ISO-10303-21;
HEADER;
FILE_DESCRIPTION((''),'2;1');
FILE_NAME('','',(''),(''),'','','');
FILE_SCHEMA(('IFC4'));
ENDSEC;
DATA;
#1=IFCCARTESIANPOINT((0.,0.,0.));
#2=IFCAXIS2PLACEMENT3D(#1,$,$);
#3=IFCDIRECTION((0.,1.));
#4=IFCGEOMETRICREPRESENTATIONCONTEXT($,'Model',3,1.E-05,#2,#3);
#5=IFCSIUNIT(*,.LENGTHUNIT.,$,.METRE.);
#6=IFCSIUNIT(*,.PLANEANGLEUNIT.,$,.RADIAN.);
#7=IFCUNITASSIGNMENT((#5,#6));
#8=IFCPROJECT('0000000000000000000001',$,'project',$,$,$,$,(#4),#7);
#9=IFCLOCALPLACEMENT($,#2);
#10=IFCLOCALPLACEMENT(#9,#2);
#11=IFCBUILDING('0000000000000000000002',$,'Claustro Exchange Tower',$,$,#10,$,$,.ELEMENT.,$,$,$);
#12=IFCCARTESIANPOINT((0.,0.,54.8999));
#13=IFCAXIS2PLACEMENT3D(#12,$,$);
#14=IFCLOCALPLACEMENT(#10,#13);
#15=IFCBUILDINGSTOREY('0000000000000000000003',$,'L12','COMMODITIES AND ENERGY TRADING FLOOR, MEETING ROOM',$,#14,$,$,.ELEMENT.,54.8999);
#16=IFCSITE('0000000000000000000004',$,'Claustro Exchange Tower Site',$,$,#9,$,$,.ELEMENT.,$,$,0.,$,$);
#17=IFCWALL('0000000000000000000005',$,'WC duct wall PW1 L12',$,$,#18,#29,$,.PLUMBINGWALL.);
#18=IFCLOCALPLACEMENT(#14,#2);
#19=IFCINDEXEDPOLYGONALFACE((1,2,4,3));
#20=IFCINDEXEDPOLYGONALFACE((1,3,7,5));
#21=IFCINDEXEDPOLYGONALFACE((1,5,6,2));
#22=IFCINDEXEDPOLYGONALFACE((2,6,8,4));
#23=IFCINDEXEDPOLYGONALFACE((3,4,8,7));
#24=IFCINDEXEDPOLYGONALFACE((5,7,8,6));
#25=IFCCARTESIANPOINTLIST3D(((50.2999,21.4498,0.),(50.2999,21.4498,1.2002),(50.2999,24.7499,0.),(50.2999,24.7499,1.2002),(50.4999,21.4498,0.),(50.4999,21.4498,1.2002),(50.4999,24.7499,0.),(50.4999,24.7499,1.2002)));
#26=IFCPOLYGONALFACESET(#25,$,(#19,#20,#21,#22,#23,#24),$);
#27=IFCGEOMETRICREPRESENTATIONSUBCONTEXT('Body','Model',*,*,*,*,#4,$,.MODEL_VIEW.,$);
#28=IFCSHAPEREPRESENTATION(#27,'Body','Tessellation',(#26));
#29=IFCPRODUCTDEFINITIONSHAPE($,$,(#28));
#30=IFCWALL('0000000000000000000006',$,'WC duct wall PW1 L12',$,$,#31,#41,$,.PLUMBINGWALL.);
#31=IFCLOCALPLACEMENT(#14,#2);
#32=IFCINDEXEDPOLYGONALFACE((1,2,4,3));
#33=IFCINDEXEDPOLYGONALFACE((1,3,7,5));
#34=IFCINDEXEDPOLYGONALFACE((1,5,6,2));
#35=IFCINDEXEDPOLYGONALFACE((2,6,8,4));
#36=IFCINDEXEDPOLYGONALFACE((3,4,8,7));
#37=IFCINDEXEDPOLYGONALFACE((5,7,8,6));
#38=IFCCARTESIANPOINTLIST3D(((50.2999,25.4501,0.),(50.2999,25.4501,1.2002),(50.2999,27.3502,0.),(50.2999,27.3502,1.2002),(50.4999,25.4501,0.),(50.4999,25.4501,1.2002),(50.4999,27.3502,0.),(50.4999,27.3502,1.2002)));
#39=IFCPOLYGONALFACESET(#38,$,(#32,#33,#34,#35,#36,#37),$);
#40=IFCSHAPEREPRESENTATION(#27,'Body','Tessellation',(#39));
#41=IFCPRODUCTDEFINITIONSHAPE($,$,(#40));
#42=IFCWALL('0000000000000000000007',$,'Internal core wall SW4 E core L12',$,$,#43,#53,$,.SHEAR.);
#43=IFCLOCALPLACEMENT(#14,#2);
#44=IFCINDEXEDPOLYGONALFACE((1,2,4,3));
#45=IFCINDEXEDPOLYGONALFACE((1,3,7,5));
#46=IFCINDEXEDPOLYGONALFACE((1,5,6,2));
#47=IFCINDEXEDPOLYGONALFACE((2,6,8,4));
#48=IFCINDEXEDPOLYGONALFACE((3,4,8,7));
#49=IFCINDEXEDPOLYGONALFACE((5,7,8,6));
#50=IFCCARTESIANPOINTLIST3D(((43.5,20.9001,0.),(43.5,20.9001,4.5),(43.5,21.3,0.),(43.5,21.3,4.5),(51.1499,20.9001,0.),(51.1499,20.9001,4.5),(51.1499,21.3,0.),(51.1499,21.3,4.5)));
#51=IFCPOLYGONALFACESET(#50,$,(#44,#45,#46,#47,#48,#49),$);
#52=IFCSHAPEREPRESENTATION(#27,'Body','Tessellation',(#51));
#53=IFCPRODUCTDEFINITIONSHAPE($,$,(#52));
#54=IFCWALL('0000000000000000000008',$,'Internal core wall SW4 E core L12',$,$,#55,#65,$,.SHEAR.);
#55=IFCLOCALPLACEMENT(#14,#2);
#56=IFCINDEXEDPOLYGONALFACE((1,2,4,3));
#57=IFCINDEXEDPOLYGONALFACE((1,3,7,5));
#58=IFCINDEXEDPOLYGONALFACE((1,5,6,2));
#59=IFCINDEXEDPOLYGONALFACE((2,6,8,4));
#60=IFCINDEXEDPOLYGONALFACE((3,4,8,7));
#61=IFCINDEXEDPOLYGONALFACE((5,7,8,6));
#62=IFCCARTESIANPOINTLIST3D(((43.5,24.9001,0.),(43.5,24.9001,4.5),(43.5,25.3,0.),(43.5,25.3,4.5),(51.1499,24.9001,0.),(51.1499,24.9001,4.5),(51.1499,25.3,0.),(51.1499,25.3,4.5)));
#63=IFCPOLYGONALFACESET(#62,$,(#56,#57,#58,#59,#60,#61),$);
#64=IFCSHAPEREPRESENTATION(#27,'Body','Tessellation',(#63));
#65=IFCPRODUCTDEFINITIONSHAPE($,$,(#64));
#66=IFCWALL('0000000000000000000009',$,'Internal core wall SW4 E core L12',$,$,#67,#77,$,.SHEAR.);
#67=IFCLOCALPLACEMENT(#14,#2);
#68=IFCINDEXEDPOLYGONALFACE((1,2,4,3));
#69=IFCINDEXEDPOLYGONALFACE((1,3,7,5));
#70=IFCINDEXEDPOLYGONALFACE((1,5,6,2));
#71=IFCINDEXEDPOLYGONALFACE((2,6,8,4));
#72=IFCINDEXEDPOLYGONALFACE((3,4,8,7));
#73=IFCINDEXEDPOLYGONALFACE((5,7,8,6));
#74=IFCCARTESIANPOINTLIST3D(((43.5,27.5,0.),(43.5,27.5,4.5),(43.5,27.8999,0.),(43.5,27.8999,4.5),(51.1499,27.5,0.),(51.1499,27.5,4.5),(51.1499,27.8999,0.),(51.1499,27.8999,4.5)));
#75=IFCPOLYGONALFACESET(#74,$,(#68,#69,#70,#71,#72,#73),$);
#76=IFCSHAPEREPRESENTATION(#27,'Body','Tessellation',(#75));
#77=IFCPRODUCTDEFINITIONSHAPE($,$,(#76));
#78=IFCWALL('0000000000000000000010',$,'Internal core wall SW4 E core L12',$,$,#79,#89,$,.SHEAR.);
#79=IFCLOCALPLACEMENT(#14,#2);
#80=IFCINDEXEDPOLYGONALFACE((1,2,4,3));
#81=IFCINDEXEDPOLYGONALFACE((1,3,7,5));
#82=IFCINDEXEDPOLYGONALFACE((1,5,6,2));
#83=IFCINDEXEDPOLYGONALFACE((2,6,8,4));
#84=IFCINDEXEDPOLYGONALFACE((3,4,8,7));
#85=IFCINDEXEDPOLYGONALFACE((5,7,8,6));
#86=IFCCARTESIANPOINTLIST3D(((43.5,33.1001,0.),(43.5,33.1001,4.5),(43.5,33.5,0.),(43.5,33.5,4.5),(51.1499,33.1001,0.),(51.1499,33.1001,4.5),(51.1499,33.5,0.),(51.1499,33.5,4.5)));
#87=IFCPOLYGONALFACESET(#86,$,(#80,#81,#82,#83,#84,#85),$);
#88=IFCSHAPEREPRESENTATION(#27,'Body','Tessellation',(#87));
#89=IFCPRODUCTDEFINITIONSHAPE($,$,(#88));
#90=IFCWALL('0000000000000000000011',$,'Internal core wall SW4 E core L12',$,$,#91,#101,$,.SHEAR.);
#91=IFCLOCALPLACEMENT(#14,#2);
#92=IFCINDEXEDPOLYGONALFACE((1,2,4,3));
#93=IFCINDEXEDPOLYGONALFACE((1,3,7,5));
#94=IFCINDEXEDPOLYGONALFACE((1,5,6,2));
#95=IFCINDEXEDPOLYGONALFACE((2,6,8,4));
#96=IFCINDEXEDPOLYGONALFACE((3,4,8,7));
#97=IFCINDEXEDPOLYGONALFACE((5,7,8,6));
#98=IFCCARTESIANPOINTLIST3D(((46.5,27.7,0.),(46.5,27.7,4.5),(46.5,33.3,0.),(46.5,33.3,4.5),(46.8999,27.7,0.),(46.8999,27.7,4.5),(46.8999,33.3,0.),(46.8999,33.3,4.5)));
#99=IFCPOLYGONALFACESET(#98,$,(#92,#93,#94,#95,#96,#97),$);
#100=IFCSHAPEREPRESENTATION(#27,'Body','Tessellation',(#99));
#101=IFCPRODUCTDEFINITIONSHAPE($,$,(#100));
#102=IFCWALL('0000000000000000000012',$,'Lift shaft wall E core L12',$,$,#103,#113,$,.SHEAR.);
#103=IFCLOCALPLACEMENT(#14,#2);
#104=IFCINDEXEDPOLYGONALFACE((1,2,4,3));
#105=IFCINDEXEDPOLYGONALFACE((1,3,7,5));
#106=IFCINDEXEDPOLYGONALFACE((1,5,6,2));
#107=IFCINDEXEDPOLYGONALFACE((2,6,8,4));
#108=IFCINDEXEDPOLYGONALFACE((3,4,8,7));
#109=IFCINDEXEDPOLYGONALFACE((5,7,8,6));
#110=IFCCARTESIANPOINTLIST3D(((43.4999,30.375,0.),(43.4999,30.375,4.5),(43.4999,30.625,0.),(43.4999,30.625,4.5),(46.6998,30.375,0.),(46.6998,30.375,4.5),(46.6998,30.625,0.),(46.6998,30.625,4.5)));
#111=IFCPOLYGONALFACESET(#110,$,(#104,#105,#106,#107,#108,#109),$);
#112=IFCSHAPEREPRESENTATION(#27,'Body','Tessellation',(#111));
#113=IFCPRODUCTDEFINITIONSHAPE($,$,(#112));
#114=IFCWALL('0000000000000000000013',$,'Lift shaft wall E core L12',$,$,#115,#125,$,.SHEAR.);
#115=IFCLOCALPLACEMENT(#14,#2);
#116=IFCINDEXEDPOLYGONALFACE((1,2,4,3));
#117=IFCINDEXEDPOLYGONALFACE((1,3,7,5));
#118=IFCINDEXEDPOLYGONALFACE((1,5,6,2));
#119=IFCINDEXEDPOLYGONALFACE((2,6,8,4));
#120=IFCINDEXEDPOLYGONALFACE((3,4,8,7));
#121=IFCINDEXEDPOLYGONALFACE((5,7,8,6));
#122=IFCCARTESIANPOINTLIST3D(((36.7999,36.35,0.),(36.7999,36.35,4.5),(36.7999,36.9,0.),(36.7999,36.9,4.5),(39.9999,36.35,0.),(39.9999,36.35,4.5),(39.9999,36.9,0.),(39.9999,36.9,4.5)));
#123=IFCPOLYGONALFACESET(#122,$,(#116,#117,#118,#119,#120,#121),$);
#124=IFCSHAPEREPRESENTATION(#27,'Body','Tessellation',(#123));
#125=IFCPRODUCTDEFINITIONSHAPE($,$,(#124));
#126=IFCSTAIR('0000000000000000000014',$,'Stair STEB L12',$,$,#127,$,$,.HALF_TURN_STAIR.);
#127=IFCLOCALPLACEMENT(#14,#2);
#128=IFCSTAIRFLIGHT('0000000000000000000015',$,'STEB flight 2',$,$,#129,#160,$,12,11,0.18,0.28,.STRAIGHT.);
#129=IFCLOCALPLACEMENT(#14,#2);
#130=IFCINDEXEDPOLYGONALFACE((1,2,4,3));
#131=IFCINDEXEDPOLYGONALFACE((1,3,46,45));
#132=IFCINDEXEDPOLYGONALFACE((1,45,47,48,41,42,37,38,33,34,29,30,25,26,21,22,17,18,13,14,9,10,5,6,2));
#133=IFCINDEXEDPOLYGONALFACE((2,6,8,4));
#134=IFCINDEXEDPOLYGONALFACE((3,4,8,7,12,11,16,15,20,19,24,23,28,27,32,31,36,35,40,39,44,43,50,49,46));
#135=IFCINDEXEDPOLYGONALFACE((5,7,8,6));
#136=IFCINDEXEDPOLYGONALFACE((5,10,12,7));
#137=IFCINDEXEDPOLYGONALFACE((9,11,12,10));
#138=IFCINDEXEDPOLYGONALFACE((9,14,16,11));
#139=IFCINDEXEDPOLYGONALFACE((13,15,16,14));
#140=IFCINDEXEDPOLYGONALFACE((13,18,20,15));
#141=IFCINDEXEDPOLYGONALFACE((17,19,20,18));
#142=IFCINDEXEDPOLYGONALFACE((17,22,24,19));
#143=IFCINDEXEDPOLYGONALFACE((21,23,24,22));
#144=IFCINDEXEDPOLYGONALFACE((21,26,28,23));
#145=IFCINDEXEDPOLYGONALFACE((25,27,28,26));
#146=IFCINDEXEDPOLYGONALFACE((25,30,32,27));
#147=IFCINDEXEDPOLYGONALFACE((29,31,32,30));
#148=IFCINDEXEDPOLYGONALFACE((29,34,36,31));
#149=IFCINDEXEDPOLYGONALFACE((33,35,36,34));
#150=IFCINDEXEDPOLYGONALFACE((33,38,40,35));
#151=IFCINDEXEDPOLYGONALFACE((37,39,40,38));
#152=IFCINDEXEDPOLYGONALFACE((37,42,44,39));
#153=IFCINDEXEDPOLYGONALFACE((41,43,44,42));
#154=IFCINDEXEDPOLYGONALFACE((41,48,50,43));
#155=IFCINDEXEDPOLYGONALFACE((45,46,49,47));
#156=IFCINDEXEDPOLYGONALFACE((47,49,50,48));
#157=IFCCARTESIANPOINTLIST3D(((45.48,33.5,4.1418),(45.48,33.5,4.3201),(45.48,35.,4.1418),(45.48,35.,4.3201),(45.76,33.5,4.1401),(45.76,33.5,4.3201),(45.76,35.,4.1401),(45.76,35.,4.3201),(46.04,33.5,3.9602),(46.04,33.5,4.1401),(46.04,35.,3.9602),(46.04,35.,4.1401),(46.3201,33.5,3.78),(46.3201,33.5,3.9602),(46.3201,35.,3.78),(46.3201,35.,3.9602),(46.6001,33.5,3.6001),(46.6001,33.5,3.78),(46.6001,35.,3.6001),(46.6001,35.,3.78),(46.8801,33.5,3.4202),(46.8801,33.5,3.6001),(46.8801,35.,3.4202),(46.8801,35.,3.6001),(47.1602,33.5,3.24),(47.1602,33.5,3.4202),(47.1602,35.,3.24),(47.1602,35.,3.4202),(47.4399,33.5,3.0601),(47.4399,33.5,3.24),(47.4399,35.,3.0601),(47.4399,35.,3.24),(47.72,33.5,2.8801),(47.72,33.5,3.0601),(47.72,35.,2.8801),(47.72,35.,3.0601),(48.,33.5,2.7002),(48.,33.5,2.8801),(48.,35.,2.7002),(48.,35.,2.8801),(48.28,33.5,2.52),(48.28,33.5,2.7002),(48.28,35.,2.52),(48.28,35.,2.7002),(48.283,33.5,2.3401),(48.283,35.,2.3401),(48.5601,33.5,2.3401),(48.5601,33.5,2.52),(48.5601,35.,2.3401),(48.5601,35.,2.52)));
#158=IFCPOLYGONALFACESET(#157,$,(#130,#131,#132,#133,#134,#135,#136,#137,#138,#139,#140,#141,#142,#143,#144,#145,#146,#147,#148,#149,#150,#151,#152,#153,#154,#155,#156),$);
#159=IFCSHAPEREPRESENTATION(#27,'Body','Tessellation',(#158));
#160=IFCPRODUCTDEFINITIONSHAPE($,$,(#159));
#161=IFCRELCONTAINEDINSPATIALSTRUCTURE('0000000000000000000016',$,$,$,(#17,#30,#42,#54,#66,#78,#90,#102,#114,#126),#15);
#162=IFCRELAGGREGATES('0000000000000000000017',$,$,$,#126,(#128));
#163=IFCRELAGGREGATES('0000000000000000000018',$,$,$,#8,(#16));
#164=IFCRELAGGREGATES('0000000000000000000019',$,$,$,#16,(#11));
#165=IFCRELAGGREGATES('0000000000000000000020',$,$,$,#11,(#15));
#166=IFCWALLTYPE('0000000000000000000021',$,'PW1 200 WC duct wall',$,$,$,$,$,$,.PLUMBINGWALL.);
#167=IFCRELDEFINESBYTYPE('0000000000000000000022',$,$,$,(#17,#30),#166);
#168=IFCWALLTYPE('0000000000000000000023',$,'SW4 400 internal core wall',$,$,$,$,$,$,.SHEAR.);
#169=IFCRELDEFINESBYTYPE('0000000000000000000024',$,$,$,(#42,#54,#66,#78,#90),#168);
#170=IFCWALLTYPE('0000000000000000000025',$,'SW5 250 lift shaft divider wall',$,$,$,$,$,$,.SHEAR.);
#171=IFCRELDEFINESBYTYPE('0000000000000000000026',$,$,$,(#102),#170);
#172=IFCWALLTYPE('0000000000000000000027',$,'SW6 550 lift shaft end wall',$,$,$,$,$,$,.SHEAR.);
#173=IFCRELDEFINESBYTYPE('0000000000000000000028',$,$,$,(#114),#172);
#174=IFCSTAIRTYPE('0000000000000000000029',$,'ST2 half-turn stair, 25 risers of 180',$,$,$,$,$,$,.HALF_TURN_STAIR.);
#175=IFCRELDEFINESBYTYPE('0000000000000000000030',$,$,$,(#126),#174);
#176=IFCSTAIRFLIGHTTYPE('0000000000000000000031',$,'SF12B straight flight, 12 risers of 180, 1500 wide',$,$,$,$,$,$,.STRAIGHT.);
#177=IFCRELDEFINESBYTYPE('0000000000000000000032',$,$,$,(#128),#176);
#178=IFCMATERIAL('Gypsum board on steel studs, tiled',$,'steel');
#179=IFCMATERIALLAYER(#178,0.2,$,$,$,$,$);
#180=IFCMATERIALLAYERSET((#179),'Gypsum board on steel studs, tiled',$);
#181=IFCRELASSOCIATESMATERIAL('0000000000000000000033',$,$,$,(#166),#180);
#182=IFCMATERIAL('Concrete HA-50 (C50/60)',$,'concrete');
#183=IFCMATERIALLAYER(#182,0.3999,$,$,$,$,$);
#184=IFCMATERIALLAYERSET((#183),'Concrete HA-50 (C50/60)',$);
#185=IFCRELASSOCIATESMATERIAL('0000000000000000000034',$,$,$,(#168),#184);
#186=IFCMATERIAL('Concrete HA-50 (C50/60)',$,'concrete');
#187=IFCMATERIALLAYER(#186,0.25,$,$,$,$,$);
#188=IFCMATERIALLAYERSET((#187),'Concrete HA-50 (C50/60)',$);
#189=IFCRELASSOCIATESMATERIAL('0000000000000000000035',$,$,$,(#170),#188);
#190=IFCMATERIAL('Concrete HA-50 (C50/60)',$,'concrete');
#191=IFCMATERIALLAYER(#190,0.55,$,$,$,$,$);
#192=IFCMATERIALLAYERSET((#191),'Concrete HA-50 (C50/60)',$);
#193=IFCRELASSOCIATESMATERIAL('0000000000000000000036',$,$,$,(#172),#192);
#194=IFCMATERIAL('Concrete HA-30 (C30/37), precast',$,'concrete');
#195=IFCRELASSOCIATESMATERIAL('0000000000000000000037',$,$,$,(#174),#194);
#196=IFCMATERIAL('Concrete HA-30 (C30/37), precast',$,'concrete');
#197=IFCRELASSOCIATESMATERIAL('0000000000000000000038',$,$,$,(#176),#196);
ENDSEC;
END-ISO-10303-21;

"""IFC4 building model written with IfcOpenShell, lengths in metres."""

from ifc_helpers import new_model, si_unit, direction, frame, frame_2d, origin, place, context, subcontext, project, spatial, polyline, rectangle, outline, extrude, material, layer, layer_set, type_object, element, aggregate, save


model = new_model("IFC4")

# Units and contexts
model_context = context("Model", 3, precision=1e-05, world=origin(), true_north=direction((0.0, 1.0)))
body_context = subcontext(model_context, "Body", "Model", "MODEL_VIEW")
ifc_project = project(units=[si_unit("LENGTHUNIT", "METRE"), si_unit("PLANEANGLEUNIT", "RADIAN")], contexts=[model_context])

# Site, building, storey
site_placement = place(None, origin())
site = spatial("IfcSite", under=ifc_project, at=site_placement, Name="Claustro Exchange Tower Site", CompositionType="ELEMENT", RefElevation=0.0)
building_placement = place(site_placement, origin())
building = spatial("IfcBuilding", under=site, at=building_placement, Name="Claustro Exchange Tower", CompositionType="ELEMENT")
storey_placement = place(building_placement, frame((0.0, 0.0, 54.8999)))
storey = spatial("IfcBuildingStorey", under=building, at=storey_placement, Name="L12", Description="COMMODITIES AND ENERGY TRADING FLOOR, MEETING ROOM", CompositionType="ELEMENT", Elevation=54.8999)

# Walls
ifc_material_1 = material(Name="Gypsum board on steel studs, tiled", Category="steel")
ifc_layer_1 = layer(ifc_material_1, 0.2)
ifc_layer_set_1 = layer_set([ifc_layer_1], Name="Gypsum board on steel studs, tiled")
wall_type_1 = type_object("IfcWallType", Name="PW1 200 WC duct wall", PredefinedType="PLUMBINGWALL", material=ifc_layer_set_1)
wall_1_placement = place(storey_placement, frame((50.3999, 21.45, 0.0), z_axis=(0.0, 0.0, 1.0), x_axis=(0.0, 1.0, 0.0)))
element("IfcWall", 1, at=wall_1_placement, inside=storey, type_object=wall_type_1, Name="WC duct wall PW1 L12", PredefinedType="PLUMBINGWALL", context=body_context, shape_type="SweptSolid", body=[
    extrude(rectangle(XDim=3.3, YDim=0.2, at=frame_2d((1.6499, 0.0))), origin(), (0.0, 0.0, 1.0), 1.2002),
])
wall_2_placement = place(storey_placement, frame((50.3999, 25.45, 0.0), z_axis=(0.0, 0.0, 1.0), x_axis=(0.0, 1.0, 0.0)))
element("IfcWall", 2, at=wall_2_placement, inside=storey, type_object=wall_type_1, Name="WC duct wall PW1 L12", PredefinedType="PLUMBINGWALL", context=body_context, shape_type="SweptSolid", body=[
    extrude(rectangle(XDim=1.9001, YDim=0.2, at=frame_2d((0.9502, 0.0))), origin(), (0.0, 0.0, 1.0), 1.2002),
])
ifc_material_2 = material(Name="Concrete HA-50 (C50/60)", Category="concrete")
ifc_layer_2 = layer(ifc_material_2, 0.3999)
ifc_layer_set_2 = layer_set([ifc_layer_2], Name="Concrete HA-50 (C50/60)")
wall_type_2 = type_object("IfcWallType", Name="SW4 400 internal core wall", PredefinedType="SHEAR", material=ifc_layer_set_2)
for number, where, z_axis, x_axis, name in (
    (3, (51.1499, 21.1001, 0.0), (0.0, 0.0, 1.0), (-1.0, 0.0, 0.0), "Internal core wall SW4 E core L12"),
    (4, (51.1499, 25.1001, 0.0), (0.0, 0.0, 1.0), (-1.0, 0.0, 0.0), "Internal core wall SW4 E core L12"),
    (5, (51.1499, 27.7, 0.0), (0.0, 0.0, 1.0), (-1.0, 0.0, 0.0), "Internal core wall SW4 E core L12"),
    (6, (51.1499, 33.3, 0.0), (0.0, 0.0, 1.0), (-1.0, 0.0, 0.0), "Internal core wall SW4 E core L12"),
):
    element("IfcWall", number, at=place(storey_placement, frame(where, z_axis=z_axis, x_axis=x_axis)), inside=storey, type_object=wall_type_2, Name=name, PredefinedType="SHEAR", context=body_context, shape_type="SweptSolid", body=[
        extrude(rectangle(XDim=7.6499, YDim=0.3999, at=frame_2d((3.825, 0.0))), origin(), (0.0, 0.0, 1.0), 4.5),
    ])
wall_3_placement = place(storey_placement, frame((46.7, 27.7, 0.0), z_axis=(0.0, 0.0, 1.0), x_axis=(0.0, 1.0, 0.0)))
element("IfcWall", 7, at=wall_3_placement, inside=storey, type_object=wall_type_2, Name="Internal core wall SW4 E core L12", PredefinedType="SHEAR", context=body_context, shape_type="SweptSolid", body=[
    extrude(rectangle(XDim=5.6001, YDim=0.3999, at=frame_2d((2.8, 0.0))), origin(), (0.0, 0.0, 1.0), 4.5),
])
ifc_material_3 = material(Name="Concrete HA-50 (C50/60)", Category="concrete")
ifc_layer_3 = layer(ifc_material_3, 0.25)
ifc_layer_set_3 = layer_set([ifc_layer_3], Name="Concrete HA-50 (C50/60)")
wall_type_3 = type_object("IfcWallType", Name="SW5 250 lift shaft divider wall", PredefinedType="SHEAR", material=ifc_layer_set_3)
wall_4_placement = place(storey_placement, frame((46.7, 30.5, 0.0), z_axis=(0.0, 0.0, 1.0), x_axis=(-1.0, 0.0, 0.0)))
element("IfcWall", 8, at=wall_4_placement, inside=storey, type_object=wall_type_3, Name="Lift shaft wall E core L12", PredefinedType="SHEAR", context=body_context, shape_type="SweptSolid", body=[
    extrude(rectangle(XDim=3.2, YDim=0.25, at=frame_2d((1.6001, 0.0))), origin(), (0.0, 0.0, 1.0), 4.5),
])
ifc_material_4 = material(Name="Concrete HA-50 (C50/60)", Category="concrete")
ifc_layer_4 = layer(ifc_material_4, 0.55)
ifc_layer_set_4 = layer_set([ifc_layer_4], Name="Concrete HA-50 (C50/60)")
wall_type_4 = type_object("IfcWallType", Name="SW6 550 lift shaft end wall", PredefinedType="SHEAR", material=ifc_layer_set_4)
wall_5_placement = place(storey_placement, frame((40.0, 36.625, 0.0), z_axis=(0.0, 0.0, 1.0), x_axis=(-1.0, 0.0, 0.0)))
element("IfcWall", 9, at=wall_5_placement, inside=storey, type_object=wall_type_4, Name="Lift shaft wall E core L12", PredefinedType="SHEAR", context=body_context, shape_type="SweptSolid", body=[
    extrude(rectangle(XDim=3.2, YDim=0.55, at=frame_2d((1.6001, 0.0))), origin(), (0.0, 0.0, 1.0), 4.5),
])

# Stair, stair flight
ifc_material_5 = material(Name="Concrete HA-30 (C30/37), precast", Category="concrete")
stair_type = type_object("IfcStairType", Name="ST2 half-turn stair, 25 risers of 180", PredefinedType="HALF_TURN_STAIR", material=ifc_material_5)
stair_placement = place(storey_placement, origin())
stair = element("IfcStair", 10, at=stair_placement, inside=storey, type_object=stair_type, Name="Stair STEB L12", PredefinedType="HALF_TURN_STAIR")
ifc_material_6 = material(Name="Concrete HA-30 (C30/37), precast", Category="concrete")
stair_flight_type_1 = type_object("IfcStairFlightType", Name="SF12B straight flight, 12 risers of 180, 1500 wide", PredefinedType="STRAIGHT", material=ifc_material_6)
stair_flight_1_placement = place(storey_placement, frame((48.5601, 34.25, 2.3401), z_axis=(0.0, 0.0, 1.0), x_axis=(-1.0, 0.0, 0.0)))
stair_flight_1 = element("IfcStairFlight", 11, at=stair_flight_1_placement, type_object=stair_flight_type_1, Name="STEB flight 2", NumberOfRisers=12, NumberOfTreads=11, PredefinedType="STRAIGHT", RiserHeight=0.18, TreadLength=0.28, context=body_context, shape_type="SweptSolid", body=[
    extrude(outline(polyline([(0.0, 0.0), (0.0, 0.1799), (0.28, 0.1799), (0.28, 0.3601), (0.5601, 0.3601), (0.5601, 0.54), (0.8401, 0.54), (0.8401, 0.72), (1.1201, 0.72), (1.1201, 0.8999), (1.3999, 0.8999), (1.3999, 1.0801), (1.6799, 1.0801), (1.6799, 1.26), (1.96, 1.26), (1.96, 1.4399), (2.24, 1.4399), (2.24, 1.6201), (2.52, 1.6201), (2.52, 1.8), (2.8, 1.8), (2.8, 1.98), (3.0801, 1.98), (3.0801, 2.1599), (3.0801, 1.8018), (0.2771, 0.0), (0.0, 0.0)])), frame((0.0, 0.75, 0.0), z_axis=(0.0, -1.0, 0.0), x_axis=(1.0, 0.0, 0.0)), (0.0, 0.0, 1.0), 1.5),
])
aggregate(stair, [stair_flight_1])

save(model, "model.ifc")
